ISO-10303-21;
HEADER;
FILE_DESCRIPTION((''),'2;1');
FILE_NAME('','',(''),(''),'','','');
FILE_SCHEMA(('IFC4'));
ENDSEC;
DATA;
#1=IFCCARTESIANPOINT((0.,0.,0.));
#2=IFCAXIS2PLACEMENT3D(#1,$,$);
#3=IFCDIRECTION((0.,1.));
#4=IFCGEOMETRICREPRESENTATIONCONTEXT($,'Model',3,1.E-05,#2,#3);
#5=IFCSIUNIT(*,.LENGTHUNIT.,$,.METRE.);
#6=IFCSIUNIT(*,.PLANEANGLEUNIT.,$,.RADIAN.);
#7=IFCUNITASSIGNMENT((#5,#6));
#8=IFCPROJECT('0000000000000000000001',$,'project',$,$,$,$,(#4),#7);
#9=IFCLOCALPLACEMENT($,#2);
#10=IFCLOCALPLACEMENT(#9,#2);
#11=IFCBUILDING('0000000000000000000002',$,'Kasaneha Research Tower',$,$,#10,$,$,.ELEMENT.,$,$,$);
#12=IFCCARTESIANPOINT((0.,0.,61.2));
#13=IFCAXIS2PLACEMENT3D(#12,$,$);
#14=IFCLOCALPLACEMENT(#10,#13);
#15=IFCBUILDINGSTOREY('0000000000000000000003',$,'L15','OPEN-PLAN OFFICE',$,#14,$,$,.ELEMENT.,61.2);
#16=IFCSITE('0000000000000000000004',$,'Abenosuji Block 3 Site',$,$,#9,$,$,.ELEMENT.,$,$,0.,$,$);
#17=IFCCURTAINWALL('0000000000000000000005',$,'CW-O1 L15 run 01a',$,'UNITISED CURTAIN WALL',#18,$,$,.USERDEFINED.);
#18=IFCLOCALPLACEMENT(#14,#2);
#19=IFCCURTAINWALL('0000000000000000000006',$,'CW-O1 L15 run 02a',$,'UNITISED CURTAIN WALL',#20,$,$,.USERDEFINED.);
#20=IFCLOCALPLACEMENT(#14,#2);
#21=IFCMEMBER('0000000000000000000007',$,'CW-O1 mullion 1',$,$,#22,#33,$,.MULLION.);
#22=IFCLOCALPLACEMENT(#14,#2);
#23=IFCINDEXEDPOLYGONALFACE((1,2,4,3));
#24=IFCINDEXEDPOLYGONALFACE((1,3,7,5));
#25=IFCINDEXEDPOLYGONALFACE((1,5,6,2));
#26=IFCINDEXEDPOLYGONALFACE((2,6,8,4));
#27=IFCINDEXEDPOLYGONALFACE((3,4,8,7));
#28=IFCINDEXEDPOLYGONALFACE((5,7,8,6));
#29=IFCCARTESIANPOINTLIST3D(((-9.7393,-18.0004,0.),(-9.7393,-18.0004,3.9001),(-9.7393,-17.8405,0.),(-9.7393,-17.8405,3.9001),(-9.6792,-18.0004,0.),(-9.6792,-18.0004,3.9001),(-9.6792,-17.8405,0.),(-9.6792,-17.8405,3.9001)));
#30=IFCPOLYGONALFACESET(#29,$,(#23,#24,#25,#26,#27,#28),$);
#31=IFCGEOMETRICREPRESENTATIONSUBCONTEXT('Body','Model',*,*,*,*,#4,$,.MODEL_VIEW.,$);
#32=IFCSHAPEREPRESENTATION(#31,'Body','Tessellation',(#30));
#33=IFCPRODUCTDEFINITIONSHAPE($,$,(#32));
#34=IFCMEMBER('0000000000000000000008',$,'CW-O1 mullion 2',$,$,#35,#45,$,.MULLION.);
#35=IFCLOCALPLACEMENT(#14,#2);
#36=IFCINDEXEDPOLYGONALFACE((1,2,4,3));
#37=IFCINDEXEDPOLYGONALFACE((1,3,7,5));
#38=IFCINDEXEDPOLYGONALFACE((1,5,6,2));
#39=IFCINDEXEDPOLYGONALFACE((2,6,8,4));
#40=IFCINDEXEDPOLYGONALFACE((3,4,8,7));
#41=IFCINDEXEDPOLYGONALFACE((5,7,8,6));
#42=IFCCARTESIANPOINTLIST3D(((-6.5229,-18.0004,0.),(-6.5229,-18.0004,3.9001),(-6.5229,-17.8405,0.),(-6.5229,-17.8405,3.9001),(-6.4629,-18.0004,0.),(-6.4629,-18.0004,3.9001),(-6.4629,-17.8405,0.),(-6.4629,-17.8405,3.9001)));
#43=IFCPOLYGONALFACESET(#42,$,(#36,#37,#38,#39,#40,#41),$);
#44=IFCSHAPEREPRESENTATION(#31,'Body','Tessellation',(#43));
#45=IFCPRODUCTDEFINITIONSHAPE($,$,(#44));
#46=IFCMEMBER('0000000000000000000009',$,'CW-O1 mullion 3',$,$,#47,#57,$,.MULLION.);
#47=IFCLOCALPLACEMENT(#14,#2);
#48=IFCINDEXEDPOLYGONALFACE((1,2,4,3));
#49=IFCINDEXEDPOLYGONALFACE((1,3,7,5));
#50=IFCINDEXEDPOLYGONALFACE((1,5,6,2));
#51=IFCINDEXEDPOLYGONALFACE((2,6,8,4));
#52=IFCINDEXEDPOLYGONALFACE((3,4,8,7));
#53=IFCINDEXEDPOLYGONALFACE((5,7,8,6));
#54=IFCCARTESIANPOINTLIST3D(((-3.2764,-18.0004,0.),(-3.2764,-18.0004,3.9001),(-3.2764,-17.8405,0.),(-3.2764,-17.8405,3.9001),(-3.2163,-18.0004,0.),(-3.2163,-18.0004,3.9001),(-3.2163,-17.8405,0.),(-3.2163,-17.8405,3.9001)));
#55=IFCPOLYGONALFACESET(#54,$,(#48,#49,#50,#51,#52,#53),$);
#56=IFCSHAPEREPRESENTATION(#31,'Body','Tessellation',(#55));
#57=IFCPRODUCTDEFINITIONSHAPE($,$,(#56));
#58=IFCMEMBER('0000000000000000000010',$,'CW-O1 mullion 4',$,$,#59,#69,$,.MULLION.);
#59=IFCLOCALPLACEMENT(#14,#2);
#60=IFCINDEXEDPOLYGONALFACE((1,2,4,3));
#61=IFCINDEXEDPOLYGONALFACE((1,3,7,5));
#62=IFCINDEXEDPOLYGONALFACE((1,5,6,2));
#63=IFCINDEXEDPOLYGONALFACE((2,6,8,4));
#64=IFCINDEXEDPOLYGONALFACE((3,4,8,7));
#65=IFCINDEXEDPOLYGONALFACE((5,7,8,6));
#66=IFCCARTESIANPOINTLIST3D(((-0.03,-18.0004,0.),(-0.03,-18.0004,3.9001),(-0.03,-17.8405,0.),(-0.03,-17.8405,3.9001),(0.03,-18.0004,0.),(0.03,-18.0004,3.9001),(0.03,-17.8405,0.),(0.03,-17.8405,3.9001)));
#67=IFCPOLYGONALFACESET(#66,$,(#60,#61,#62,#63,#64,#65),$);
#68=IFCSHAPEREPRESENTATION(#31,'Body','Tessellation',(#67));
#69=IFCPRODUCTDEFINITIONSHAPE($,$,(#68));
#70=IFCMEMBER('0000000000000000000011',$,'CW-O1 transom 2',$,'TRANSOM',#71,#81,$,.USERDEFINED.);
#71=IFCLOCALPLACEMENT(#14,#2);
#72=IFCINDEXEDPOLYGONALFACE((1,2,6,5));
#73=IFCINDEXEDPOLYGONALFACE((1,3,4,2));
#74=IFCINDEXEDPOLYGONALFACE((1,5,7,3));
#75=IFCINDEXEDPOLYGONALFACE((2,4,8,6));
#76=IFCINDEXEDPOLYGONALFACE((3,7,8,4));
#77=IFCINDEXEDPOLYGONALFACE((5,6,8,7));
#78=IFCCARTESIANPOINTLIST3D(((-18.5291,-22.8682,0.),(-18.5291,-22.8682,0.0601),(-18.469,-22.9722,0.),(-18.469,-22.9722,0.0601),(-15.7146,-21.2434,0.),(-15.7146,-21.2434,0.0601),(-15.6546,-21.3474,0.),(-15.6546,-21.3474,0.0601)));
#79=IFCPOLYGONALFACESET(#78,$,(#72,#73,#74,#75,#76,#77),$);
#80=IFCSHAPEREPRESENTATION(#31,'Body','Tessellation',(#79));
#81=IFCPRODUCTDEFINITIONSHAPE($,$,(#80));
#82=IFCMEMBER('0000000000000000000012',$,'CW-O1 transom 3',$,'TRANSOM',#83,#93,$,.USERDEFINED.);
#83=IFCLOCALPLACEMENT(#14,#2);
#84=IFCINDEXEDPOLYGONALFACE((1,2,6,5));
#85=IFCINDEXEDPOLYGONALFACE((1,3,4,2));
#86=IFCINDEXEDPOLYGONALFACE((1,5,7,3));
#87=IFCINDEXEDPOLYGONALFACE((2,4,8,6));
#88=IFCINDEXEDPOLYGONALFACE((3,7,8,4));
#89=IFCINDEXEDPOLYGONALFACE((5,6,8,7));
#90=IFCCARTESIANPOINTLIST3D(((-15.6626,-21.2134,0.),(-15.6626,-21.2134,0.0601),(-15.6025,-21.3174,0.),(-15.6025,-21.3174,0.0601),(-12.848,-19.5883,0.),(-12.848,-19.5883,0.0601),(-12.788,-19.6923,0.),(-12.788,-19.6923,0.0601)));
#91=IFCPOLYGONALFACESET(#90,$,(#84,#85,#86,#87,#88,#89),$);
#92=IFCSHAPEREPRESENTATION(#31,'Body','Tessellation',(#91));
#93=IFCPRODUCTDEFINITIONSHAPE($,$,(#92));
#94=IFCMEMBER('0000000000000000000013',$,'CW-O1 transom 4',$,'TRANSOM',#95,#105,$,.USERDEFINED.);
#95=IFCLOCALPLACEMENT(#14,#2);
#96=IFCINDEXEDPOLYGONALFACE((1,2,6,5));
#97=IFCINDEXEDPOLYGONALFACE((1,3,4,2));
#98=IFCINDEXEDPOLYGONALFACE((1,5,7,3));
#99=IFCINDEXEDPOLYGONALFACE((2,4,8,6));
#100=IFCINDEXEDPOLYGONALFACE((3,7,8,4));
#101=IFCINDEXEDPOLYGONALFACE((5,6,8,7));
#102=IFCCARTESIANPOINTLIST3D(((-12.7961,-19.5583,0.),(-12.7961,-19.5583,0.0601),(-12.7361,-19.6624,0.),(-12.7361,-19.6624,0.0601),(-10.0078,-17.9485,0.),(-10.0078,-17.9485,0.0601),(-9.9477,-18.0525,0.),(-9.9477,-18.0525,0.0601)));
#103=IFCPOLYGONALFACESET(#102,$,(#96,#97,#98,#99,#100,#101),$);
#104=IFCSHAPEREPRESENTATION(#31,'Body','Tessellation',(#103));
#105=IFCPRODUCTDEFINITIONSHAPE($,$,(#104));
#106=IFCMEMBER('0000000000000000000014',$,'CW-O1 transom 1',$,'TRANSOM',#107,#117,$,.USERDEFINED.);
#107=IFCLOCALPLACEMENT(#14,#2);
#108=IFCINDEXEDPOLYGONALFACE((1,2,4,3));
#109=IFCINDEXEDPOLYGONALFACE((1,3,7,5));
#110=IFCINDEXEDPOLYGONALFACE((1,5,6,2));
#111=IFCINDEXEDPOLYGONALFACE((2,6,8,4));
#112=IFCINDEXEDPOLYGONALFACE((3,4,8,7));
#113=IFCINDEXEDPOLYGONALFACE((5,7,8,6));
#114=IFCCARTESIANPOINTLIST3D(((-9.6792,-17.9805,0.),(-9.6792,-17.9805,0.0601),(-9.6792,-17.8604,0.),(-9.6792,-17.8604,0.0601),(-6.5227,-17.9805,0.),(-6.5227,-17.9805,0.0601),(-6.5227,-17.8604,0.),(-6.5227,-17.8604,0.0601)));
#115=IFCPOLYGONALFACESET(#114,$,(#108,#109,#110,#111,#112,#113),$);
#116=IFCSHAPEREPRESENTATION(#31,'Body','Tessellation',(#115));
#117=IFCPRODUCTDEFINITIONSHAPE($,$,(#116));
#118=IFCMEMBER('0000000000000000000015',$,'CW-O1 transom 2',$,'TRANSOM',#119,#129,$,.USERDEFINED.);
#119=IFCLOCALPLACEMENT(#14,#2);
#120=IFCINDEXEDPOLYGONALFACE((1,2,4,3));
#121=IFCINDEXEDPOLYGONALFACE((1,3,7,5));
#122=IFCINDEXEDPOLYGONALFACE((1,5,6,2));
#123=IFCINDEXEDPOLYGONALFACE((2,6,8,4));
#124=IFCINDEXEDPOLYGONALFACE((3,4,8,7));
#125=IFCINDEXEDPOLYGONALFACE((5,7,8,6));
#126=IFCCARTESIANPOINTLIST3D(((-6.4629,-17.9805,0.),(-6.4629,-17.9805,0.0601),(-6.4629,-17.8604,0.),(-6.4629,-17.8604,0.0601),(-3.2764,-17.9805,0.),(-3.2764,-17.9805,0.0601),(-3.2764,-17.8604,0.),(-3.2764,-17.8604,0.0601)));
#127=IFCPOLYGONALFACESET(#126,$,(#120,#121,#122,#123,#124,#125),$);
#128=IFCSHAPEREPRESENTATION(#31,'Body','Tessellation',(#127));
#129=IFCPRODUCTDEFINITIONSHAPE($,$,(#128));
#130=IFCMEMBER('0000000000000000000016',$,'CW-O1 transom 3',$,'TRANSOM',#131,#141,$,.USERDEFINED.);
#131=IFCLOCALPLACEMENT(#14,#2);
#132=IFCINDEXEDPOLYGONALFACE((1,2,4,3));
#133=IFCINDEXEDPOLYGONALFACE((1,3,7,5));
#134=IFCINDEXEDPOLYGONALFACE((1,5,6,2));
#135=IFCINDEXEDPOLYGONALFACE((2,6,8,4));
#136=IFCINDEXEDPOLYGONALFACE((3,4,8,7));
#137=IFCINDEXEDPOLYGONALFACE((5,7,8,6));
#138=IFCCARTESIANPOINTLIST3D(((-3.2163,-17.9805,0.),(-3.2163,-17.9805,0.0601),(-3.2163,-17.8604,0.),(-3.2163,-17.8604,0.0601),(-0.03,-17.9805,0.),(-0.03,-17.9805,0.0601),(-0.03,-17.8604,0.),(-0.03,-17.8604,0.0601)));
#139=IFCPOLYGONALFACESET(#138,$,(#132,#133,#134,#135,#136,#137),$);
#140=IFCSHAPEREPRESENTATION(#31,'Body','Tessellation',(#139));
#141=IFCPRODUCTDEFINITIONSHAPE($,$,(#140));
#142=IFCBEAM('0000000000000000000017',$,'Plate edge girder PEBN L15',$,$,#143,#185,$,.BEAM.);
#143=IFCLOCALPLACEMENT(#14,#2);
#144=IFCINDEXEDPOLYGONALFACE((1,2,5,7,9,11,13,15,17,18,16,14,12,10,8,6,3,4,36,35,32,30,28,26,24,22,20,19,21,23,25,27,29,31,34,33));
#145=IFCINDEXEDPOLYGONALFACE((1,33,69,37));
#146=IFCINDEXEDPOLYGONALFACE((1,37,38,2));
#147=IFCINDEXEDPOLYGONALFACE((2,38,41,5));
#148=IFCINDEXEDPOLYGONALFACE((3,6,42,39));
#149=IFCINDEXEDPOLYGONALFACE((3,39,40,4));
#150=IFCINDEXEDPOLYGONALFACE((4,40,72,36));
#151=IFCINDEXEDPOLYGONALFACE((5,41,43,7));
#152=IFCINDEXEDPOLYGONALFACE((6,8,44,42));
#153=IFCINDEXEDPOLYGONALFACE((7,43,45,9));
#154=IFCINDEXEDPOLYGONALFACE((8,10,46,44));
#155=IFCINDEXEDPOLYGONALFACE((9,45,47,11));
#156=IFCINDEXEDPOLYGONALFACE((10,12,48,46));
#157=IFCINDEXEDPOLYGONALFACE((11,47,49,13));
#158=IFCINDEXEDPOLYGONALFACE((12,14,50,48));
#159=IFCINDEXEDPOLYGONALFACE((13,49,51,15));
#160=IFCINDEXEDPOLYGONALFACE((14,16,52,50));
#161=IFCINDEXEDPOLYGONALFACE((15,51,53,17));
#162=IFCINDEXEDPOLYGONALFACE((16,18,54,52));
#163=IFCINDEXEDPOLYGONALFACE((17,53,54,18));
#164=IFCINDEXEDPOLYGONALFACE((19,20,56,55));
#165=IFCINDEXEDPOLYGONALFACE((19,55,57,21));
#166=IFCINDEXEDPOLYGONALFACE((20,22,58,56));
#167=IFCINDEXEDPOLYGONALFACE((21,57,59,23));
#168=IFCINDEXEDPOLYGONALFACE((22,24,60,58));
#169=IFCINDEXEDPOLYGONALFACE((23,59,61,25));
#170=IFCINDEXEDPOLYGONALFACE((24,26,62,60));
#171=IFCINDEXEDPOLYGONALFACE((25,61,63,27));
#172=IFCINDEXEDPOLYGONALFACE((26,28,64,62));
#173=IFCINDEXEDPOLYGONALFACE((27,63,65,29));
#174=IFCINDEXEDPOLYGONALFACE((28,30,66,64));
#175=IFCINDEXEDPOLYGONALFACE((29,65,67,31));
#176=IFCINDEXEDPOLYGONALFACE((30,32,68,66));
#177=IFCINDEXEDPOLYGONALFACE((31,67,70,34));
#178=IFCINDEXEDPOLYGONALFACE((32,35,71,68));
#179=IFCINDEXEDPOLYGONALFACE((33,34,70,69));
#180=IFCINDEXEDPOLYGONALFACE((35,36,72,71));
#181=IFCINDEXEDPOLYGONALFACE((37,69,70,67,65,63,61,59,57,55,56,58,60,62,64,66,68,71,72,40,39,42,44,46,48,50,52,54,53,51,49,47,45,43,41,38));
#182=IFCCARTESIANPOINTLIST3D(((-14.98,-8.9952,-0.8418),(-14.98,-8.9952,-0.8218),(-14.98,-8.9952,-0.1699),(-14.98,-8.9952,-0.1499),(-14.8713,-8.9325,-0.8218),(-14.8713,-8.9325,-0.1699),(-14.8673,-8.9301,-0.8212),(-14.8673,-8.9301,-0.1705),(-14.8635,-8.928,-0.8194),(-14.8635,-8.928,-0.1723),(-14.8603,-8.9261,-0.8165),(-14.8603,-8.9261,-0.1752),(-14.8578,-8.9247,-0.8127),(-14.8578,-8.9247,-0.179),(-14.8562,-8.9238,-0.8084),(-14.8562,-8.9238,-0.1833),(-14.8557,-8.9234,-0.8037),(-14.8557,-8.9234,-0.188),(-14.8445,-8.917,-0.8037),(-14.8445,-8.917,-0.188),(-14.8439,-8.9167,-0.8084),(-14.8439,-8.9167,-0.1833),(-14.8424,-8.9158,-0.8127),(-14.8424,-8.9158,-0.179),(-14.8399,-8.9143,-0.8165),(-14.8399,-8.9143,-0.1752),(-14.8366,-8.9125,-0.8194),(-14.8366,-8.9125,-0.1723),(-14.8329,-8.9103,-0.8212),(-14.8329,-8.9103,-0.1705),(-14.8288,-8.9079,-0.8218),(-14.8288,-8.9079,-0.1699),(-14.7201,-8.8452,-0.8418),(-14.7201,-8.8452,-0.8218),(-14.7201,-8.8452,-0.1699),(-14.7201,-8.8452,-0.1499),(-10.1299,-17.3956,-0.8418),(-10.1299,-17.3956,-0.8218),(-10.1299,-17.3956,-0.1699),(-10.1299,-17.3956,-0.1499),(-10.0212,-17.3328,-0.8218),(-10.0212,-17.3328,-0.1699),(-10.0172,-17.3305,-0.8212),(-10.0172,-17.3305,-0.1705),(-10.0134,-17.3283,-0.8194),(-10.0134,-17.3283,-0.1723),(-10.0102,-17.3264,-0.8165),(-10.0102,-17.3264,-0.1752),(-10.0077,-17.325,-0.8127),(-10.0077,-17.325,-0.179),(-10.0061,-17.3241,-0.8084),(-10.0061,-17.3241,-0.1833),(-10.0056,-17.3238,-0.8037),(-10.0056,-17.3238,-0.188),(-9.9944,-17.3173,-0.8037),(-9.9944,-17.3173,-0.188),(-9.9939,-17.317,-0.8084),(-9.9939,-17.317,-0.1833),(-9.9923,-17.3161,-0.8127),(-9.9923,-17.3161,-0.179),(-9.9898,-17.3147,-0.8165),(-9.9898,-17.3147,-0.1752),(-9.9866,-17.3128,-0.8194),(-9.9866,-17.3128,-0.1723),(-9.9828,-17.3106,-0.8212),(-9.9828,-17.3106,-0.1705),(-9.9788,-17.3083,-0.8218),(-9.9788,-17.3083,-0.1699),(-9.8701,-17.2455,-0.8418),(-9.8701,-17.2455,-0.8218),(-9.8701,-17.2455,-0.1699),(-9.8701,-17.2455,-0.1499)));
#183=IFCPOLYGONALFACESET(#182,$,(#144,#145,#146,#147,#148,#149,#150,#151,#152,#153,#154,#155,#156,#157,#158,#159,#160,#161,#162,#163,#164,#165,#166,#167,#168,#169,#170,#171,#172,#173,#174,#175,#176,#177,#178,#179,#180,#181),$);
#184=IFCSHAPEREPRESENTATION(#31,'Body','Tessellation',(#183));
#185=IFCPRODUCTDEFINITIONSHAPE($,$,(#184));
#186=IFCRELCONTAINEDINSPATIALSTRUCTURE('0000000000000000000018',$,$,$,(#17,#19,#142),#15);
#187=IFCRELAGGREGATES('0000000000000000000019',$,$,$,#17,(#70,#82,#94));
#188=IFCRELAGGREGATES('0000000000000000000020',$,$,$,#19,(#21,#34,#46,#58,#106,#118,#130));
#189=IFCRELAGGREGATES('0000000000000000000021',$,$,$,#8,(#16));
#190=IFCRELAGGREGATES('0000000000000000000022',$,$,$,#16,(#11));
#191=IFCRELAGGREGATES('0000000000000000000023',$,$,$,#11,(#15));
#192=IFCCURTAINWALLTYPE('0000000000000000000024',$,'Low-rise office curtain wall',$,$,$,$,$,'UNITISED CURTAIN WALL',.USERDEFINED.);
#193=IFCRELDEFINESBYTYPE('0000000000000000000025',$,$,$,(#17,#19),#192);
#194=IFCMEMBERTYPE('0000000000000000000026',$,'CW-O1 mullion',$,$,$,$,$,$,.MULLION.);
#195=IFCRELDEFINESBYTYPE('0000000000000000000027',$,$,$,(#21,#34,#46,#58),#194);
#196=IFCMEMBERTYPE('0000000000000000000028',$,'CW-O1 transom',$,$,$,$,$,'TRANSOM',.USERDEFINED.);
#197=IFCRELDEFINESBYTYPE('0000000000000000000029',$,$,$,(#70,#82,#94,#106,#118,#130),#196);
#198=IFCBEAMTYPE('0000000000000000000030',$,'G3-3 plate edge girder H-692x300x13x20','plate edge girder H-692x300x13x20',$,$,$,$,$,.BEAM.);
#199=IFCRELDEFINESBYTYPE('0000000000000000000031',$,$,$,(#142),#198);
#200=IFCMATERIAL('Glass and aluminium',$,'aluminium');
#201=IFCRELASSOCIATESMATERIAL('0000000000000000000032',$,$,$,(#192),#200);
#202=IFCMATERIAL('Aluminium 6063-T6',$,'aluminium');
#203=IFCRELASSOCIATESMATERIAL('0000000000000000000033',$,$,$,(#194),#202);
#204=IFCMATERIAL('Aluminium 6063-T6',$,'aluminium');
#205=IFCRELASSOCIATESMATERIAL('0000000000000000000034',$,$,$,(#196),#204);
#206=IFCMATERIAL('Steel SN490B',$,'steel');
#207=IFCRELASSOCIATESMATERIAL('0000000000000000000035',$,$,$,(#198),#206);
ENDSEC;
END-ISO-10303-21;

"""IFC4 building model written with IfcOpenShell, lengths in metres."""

from ifc_helpers import new_model, si_unit, direction, frame, origin, origin_2d, place, context, subcontext, project, spatial, rectangle, i_section, extrude, material, material_profile, profile_set, type_object, element, aggregate, save


model = new_model("IFC4")

# Units and contexts
model_context = context("Model", 3, precision=1e-05, world=origin(), true_north=direction((0.0, 1.0)))
body_context = subcontext(model_context, "Body", "Model", "MODEL_VIEW")
ifc_project = project(units=[si_unit("LENGTHUNIT", "METRE"), si_unit("PLANEANGLEUNIT", "RADIAN")], contexts=[model_context])

# Site, building, storey
site_placement = place(None, origin())
site = spatial("IfcSite", under=ifc_project, at=site_placement, Name="Abenosuji Block 3 Site", CompositionType="ELEMENT", RefElevation=0.0)
building_placement = place(site_placement, origin())
building = spatial("IfcBuilding", under=site, at=building_placement, Name="Kasaneha Research Tower", CompositionType="ELEMENT")
storey_placement = place(building_placement, frame((0.0, 0.0, 61.2)))
storey = spatial("IfcBuildingStorey", under=building, at=storey_placement, Name="L15", Description="OPEN-PLAN OFFICE", CompositionType="ELEMENT", Elevation=61.2)

# Curtain walls, members
ifc_material_1 = material(Name="Glass and aluminium", Category="aluminium")
curtain_wall_type = type_object("IfcCurtainWallType", Name="Low-rise office curtain wall", ElementType="UNITISED CURTAIN WALL", PredefinedType="USERDEFINED", material=ifc_material_1)
curtain_wall_1_placement = place(storey_placement, origin())
curtain_wall_1 = element("IfcCurtainWall", 1, at=curtain_wall_1_placement, inside=storey, type_object=curtain_wall_type, Name="CW-O1 L15 run 01a", ObjectType="UNITISED CURTAIN WALL", PredefinedType="USERDEFINED")
ifc_material_2 = material(Name="Aluminium 6063-T6", Category="aluminium")
ifc_material_profile_1 = material_profile(ifc_material_2, rectangle(XDim=0.0601, YDim=0.1599, at=origin_2d()), Name="CW-O1 mullion 60x160")
ifc_profile_set_1 = profile_set([ifc_material_profile_1], Name="Aluminium 6063-T6")
member_type_1 = type_object("IfcMemberType", Name="CW-O1 mullion", PredefinedType="MULLION", material=ifc_profile_set_1)
curtain_wall_2_placement = place(storey_placement, origin())
curtain_wall_2 = element("IfcCurtainWall", 2, at=curtain_wall_2_placement, inside=storey, type_object=curtain_wall_type, Name="CW-O1 L15 run 02a", ObjectType="UNITISED CURTAIN WALL", PredefinedType="USERDEFINED")
member_1_placement = place(storey_placement, frame((-9.7092, -17.9204, 0.0), z_axis=(0.0, 0.0, 1.0), x_axis=(1.0, 0.0, 0.0)))
member_1 = element("IfcMember", 3, at=member_1_placement, type_object=member_type_1, Name="CW-O1 mullion 1", PredefinedType="MULLION", context=body_context, shape_type="SweptSolid", body=[
    extrude(rectangle(XDim=0.0601, YDim=0.1599, at=origin_2d()), origin(), (0.0, 0.0, 1.0), 3.9001),
])
member_2_placement = place(storey_placement, frame((-6.4929, -17.9204, 0.0), z_axis=(0.0, 0.0, 1.0), x_axis=(1.0, 0.0, 0.0)))
member_2 = element("IfcMember", 4, at=member_2_placement, type_object=member_type_1, Name="CW-O1 mullion 2", PredefinedType="MULLION", context=body_context, shape_type="SweptSolid", body=[
    extrude(rectangle(XDim=0.0601, YDim=0.1599, at=origin_2d()), origin(), (0.0, 0.0, 1.0), 3.9001),
])
member_3_placement = place(storey_placement, frame((-3.2463, -17.9204, 0.0), z_axis=(0.0, 0.0, 1.0), x_axis=(1.0, 0.0, 0.0)))
member_3 = element("IfcMember", 5, at=member_3_placement, type_object=member_type_1, Name="CW-O1 mullion 3", PredefinedType="MULLION", context=body_context, shape_type="SweptSolid", body=[
    extrude(rectangle(XDim=0.0601, YDim=0.1599, at=origin_2d()), origin(), (0.0, 0.0, 1.0), 3.9001),
])
member_4_placement = place(storey_placement, frame((0.0, -17.9204, 0.0), z_axis=(0.0, 0.0, 1.0), x_axis=(1.0, 0.0, 0.0)))
member_4 = element("IfcMember", 6, at=member_4_placement, type_object=member_type_1, Name="CW-O1 mullion 4", PredefinedType="MULLION", context=body_context, shape_type="SweptSolid", body=[
    extrude(rectangle(XDim=0.0601, YDim=0.1599, at=origin_2d()), origin(), (0.0, 0.0, 1.0), 3.9001),
])

# Members
ifc_material_3 = material(Name="Aluminium 6063-T6", Category="aluminium")
ifc_material_profile_2 = material_profile(ifc_material_3, rectangle(XDim=0.1201, YDim=0.0601, at=origin_2d()), Name="CW-O1 transom 120x60")
ifc_profile_set_2 = profile_set([ifc_material_profile_2], Name="Aluminium 6063-T6")
member_type_2 = type_object("IfcMemberType", Name="CW-O1 transom", ElementType="TRANSOM", PredefinedType="USERDEFINED", material=ifc_profile_set_2)
member_5_placement = place(storey_placement, frame((-18.499, -22.9202, 0.03), z_axis=(0.866048, 0.499961, 0.0), x_axis=(-0.499961, 0.866048, 0.0)))
member_5 = element("IfcMember", 7, at=member_5_placement, type_object=member_type_2, Name="CW-O1 transom 2", ObjectType="TRANSOM", PredefinedType="USERDEFINED", context=body_context, shape_type="SweptSolid", body=[
    extrude(rectangle(XDim=0.1201, YDim=0.0601, at=origin_2d()), origin(), (0.0, 0.0, 1.0), 3.2498),
])
member_6_placement = place(storey_placement, frame((-15.6326, -21.2654, 0.03), z_axis=(0.866015, 0.500017, 0.0), x_axis=(-0.500017, 0.866015, 0.0)))
member_6 = element("IfcMember", 8, at=member_6_placement, type_object=member_type_2, Name="CW-O1 transom 3", ObjectType="TRANSOM", PredefinedType="USERDEFINED", context=body_context, shape_type="SweptSolid", body=[
    extrude(rectangle(XDim=0.1201, YDim=0.0601, at=origin_2d()), origin(), (0.0, 0.0, 1.0), 3.25),
])
member_7_placement = place(storey_placement, frame((-12.7661, -19.6104, 0.03), z_axis=(0.866023, 0.500005, 0.0), x_axis=(-0.500005, 0.866023, 0.0)))
member_7 = element("IfcMember", 9, at=member_7_placement, type_object=member_type_2, Name="CW-O1 transom 4", ObjectType="TRANSOM", PredefinedType="USERDEFINED", context=body_context, shape_type="SweptSolid", body=[
    extrude(rectangle(XDim=0.1201, YDim=0.0601, at=origin_2d()), origin(), (0.0, 0.0, 1.0), 3.2197),
])
member_8_placement = place(storey_placement, frame((-9.6792, -17.9204, 0.03), z_axis=(1.0, 0.0, 0.0), x_axis=(0.0, 1.0, 0.0)))
member_8 = element("IfcMember", 10, at=member_8_placement, type_object=member_type_2, Name="CW-O1 transom 1", ObjectType="TRANSOM", PredefinedType="USERDEFINED", context=body_context, shape_type="SweptSolid", body=[
    extrude(rectangle(XDim=0.1201, YDim=0.0601, at=origin_2d()), origin(), (0.0, 0.0, 1.0), 3.1565),
])
member_9_placement = place(storey_placement, frame((-6.4629, -17.9204, 0.03), z_axis=(1.0, 0.0, 0.0), x_axis=(0.0, 1.0, 0.0)))
member_9 = element("IfcMember", 11, at=member_9_placement, type_object=member_type_2, Name="CW-O1 transom 2", ObjectType="TRANSOM", PredefinedType="USERDEFINED", context=body_context, shape_type="SweptSolid", body=[
    extrude(rectangle(XDim=0.1201, YDim=0.0601, at=origin_2d()), origin(), (0.0, 0.0, 1.0), 3.1865),
])
member_10_placement = place(storey_placement, frame((-3.2163, -17.9204, 0.03), z_axis=(1.0, 0.0, 0.0), x_axis=(0.0, 1.0, 0.0)))
member_10 = element("IfcMember", 12, at=member_10_placement, type_object=member_type_2, Name="CW-O1 transom 3", ObjectType="TRANSOM", PredefinedType="USERDEFINED", context=body_context, shape_type="SweptSolid", body=[
    extrude(rectangle(XDim=0.1201, YDim=0.0601, at=origin_2d()), origin(), (0.0, 0.0, 1.0), 3.1863),
])

# Beam
ifc_material_4 = material(Name="Steel SN490B", Category="steel")
ifc_material_profile_3 = material_profile(ifc_material_4, i_section(OverallWidth=0.3, OverallDepth=0.6919, WebThickness=0.0129, FlangeThickness=0.02, FilletRadius=0.0181, at=origin_2d()), Name="H-692x300x13x20")
ifc_profile_set_3 = profile_set([ifc_material_profile_3], Name="Steel SN490B")
beam_type_1 = type_object("IfcBeamType", Name="G3-3 plate edge girder H-692x300x13x20", Description="plate edge girder H-692x300x13x20", PredefinedType="BEAM", material=ifc_profile_set_3)
beam_1_placement = place(storey_placement, frame((-10.0, -17.3206, -0.4958), z_axis=(-0.50001, 0.86602, 0.0), x_axis=(-0.86602, -0.50001, 0.0)))
element("IfcBeam", 13, at=beam_1_placement, inside=storey, type_object=beam_type_1, Name="Plate edge girder PEBN L15", PredefinedType="BEAM", context=body_context, shape_type="SweptSolid", body=[
    extrude(i_section(OverallWidth=0.3, OverallDepth=0.6919, WebThickness=0.0129, FlangeThickness=0.02, FilletRadius=0.0181, at=origin_2d()), origin(), (0.0, 0.0, 1.0), 9.7),
])

aggregate(curtain_wall_1, [member_5, member_6, member_7])
aggregate(curtain_wall_2, [member_1, member_2, member_3, member_4, member_8, member_9, member_10])

save(model, "model.ifc")
